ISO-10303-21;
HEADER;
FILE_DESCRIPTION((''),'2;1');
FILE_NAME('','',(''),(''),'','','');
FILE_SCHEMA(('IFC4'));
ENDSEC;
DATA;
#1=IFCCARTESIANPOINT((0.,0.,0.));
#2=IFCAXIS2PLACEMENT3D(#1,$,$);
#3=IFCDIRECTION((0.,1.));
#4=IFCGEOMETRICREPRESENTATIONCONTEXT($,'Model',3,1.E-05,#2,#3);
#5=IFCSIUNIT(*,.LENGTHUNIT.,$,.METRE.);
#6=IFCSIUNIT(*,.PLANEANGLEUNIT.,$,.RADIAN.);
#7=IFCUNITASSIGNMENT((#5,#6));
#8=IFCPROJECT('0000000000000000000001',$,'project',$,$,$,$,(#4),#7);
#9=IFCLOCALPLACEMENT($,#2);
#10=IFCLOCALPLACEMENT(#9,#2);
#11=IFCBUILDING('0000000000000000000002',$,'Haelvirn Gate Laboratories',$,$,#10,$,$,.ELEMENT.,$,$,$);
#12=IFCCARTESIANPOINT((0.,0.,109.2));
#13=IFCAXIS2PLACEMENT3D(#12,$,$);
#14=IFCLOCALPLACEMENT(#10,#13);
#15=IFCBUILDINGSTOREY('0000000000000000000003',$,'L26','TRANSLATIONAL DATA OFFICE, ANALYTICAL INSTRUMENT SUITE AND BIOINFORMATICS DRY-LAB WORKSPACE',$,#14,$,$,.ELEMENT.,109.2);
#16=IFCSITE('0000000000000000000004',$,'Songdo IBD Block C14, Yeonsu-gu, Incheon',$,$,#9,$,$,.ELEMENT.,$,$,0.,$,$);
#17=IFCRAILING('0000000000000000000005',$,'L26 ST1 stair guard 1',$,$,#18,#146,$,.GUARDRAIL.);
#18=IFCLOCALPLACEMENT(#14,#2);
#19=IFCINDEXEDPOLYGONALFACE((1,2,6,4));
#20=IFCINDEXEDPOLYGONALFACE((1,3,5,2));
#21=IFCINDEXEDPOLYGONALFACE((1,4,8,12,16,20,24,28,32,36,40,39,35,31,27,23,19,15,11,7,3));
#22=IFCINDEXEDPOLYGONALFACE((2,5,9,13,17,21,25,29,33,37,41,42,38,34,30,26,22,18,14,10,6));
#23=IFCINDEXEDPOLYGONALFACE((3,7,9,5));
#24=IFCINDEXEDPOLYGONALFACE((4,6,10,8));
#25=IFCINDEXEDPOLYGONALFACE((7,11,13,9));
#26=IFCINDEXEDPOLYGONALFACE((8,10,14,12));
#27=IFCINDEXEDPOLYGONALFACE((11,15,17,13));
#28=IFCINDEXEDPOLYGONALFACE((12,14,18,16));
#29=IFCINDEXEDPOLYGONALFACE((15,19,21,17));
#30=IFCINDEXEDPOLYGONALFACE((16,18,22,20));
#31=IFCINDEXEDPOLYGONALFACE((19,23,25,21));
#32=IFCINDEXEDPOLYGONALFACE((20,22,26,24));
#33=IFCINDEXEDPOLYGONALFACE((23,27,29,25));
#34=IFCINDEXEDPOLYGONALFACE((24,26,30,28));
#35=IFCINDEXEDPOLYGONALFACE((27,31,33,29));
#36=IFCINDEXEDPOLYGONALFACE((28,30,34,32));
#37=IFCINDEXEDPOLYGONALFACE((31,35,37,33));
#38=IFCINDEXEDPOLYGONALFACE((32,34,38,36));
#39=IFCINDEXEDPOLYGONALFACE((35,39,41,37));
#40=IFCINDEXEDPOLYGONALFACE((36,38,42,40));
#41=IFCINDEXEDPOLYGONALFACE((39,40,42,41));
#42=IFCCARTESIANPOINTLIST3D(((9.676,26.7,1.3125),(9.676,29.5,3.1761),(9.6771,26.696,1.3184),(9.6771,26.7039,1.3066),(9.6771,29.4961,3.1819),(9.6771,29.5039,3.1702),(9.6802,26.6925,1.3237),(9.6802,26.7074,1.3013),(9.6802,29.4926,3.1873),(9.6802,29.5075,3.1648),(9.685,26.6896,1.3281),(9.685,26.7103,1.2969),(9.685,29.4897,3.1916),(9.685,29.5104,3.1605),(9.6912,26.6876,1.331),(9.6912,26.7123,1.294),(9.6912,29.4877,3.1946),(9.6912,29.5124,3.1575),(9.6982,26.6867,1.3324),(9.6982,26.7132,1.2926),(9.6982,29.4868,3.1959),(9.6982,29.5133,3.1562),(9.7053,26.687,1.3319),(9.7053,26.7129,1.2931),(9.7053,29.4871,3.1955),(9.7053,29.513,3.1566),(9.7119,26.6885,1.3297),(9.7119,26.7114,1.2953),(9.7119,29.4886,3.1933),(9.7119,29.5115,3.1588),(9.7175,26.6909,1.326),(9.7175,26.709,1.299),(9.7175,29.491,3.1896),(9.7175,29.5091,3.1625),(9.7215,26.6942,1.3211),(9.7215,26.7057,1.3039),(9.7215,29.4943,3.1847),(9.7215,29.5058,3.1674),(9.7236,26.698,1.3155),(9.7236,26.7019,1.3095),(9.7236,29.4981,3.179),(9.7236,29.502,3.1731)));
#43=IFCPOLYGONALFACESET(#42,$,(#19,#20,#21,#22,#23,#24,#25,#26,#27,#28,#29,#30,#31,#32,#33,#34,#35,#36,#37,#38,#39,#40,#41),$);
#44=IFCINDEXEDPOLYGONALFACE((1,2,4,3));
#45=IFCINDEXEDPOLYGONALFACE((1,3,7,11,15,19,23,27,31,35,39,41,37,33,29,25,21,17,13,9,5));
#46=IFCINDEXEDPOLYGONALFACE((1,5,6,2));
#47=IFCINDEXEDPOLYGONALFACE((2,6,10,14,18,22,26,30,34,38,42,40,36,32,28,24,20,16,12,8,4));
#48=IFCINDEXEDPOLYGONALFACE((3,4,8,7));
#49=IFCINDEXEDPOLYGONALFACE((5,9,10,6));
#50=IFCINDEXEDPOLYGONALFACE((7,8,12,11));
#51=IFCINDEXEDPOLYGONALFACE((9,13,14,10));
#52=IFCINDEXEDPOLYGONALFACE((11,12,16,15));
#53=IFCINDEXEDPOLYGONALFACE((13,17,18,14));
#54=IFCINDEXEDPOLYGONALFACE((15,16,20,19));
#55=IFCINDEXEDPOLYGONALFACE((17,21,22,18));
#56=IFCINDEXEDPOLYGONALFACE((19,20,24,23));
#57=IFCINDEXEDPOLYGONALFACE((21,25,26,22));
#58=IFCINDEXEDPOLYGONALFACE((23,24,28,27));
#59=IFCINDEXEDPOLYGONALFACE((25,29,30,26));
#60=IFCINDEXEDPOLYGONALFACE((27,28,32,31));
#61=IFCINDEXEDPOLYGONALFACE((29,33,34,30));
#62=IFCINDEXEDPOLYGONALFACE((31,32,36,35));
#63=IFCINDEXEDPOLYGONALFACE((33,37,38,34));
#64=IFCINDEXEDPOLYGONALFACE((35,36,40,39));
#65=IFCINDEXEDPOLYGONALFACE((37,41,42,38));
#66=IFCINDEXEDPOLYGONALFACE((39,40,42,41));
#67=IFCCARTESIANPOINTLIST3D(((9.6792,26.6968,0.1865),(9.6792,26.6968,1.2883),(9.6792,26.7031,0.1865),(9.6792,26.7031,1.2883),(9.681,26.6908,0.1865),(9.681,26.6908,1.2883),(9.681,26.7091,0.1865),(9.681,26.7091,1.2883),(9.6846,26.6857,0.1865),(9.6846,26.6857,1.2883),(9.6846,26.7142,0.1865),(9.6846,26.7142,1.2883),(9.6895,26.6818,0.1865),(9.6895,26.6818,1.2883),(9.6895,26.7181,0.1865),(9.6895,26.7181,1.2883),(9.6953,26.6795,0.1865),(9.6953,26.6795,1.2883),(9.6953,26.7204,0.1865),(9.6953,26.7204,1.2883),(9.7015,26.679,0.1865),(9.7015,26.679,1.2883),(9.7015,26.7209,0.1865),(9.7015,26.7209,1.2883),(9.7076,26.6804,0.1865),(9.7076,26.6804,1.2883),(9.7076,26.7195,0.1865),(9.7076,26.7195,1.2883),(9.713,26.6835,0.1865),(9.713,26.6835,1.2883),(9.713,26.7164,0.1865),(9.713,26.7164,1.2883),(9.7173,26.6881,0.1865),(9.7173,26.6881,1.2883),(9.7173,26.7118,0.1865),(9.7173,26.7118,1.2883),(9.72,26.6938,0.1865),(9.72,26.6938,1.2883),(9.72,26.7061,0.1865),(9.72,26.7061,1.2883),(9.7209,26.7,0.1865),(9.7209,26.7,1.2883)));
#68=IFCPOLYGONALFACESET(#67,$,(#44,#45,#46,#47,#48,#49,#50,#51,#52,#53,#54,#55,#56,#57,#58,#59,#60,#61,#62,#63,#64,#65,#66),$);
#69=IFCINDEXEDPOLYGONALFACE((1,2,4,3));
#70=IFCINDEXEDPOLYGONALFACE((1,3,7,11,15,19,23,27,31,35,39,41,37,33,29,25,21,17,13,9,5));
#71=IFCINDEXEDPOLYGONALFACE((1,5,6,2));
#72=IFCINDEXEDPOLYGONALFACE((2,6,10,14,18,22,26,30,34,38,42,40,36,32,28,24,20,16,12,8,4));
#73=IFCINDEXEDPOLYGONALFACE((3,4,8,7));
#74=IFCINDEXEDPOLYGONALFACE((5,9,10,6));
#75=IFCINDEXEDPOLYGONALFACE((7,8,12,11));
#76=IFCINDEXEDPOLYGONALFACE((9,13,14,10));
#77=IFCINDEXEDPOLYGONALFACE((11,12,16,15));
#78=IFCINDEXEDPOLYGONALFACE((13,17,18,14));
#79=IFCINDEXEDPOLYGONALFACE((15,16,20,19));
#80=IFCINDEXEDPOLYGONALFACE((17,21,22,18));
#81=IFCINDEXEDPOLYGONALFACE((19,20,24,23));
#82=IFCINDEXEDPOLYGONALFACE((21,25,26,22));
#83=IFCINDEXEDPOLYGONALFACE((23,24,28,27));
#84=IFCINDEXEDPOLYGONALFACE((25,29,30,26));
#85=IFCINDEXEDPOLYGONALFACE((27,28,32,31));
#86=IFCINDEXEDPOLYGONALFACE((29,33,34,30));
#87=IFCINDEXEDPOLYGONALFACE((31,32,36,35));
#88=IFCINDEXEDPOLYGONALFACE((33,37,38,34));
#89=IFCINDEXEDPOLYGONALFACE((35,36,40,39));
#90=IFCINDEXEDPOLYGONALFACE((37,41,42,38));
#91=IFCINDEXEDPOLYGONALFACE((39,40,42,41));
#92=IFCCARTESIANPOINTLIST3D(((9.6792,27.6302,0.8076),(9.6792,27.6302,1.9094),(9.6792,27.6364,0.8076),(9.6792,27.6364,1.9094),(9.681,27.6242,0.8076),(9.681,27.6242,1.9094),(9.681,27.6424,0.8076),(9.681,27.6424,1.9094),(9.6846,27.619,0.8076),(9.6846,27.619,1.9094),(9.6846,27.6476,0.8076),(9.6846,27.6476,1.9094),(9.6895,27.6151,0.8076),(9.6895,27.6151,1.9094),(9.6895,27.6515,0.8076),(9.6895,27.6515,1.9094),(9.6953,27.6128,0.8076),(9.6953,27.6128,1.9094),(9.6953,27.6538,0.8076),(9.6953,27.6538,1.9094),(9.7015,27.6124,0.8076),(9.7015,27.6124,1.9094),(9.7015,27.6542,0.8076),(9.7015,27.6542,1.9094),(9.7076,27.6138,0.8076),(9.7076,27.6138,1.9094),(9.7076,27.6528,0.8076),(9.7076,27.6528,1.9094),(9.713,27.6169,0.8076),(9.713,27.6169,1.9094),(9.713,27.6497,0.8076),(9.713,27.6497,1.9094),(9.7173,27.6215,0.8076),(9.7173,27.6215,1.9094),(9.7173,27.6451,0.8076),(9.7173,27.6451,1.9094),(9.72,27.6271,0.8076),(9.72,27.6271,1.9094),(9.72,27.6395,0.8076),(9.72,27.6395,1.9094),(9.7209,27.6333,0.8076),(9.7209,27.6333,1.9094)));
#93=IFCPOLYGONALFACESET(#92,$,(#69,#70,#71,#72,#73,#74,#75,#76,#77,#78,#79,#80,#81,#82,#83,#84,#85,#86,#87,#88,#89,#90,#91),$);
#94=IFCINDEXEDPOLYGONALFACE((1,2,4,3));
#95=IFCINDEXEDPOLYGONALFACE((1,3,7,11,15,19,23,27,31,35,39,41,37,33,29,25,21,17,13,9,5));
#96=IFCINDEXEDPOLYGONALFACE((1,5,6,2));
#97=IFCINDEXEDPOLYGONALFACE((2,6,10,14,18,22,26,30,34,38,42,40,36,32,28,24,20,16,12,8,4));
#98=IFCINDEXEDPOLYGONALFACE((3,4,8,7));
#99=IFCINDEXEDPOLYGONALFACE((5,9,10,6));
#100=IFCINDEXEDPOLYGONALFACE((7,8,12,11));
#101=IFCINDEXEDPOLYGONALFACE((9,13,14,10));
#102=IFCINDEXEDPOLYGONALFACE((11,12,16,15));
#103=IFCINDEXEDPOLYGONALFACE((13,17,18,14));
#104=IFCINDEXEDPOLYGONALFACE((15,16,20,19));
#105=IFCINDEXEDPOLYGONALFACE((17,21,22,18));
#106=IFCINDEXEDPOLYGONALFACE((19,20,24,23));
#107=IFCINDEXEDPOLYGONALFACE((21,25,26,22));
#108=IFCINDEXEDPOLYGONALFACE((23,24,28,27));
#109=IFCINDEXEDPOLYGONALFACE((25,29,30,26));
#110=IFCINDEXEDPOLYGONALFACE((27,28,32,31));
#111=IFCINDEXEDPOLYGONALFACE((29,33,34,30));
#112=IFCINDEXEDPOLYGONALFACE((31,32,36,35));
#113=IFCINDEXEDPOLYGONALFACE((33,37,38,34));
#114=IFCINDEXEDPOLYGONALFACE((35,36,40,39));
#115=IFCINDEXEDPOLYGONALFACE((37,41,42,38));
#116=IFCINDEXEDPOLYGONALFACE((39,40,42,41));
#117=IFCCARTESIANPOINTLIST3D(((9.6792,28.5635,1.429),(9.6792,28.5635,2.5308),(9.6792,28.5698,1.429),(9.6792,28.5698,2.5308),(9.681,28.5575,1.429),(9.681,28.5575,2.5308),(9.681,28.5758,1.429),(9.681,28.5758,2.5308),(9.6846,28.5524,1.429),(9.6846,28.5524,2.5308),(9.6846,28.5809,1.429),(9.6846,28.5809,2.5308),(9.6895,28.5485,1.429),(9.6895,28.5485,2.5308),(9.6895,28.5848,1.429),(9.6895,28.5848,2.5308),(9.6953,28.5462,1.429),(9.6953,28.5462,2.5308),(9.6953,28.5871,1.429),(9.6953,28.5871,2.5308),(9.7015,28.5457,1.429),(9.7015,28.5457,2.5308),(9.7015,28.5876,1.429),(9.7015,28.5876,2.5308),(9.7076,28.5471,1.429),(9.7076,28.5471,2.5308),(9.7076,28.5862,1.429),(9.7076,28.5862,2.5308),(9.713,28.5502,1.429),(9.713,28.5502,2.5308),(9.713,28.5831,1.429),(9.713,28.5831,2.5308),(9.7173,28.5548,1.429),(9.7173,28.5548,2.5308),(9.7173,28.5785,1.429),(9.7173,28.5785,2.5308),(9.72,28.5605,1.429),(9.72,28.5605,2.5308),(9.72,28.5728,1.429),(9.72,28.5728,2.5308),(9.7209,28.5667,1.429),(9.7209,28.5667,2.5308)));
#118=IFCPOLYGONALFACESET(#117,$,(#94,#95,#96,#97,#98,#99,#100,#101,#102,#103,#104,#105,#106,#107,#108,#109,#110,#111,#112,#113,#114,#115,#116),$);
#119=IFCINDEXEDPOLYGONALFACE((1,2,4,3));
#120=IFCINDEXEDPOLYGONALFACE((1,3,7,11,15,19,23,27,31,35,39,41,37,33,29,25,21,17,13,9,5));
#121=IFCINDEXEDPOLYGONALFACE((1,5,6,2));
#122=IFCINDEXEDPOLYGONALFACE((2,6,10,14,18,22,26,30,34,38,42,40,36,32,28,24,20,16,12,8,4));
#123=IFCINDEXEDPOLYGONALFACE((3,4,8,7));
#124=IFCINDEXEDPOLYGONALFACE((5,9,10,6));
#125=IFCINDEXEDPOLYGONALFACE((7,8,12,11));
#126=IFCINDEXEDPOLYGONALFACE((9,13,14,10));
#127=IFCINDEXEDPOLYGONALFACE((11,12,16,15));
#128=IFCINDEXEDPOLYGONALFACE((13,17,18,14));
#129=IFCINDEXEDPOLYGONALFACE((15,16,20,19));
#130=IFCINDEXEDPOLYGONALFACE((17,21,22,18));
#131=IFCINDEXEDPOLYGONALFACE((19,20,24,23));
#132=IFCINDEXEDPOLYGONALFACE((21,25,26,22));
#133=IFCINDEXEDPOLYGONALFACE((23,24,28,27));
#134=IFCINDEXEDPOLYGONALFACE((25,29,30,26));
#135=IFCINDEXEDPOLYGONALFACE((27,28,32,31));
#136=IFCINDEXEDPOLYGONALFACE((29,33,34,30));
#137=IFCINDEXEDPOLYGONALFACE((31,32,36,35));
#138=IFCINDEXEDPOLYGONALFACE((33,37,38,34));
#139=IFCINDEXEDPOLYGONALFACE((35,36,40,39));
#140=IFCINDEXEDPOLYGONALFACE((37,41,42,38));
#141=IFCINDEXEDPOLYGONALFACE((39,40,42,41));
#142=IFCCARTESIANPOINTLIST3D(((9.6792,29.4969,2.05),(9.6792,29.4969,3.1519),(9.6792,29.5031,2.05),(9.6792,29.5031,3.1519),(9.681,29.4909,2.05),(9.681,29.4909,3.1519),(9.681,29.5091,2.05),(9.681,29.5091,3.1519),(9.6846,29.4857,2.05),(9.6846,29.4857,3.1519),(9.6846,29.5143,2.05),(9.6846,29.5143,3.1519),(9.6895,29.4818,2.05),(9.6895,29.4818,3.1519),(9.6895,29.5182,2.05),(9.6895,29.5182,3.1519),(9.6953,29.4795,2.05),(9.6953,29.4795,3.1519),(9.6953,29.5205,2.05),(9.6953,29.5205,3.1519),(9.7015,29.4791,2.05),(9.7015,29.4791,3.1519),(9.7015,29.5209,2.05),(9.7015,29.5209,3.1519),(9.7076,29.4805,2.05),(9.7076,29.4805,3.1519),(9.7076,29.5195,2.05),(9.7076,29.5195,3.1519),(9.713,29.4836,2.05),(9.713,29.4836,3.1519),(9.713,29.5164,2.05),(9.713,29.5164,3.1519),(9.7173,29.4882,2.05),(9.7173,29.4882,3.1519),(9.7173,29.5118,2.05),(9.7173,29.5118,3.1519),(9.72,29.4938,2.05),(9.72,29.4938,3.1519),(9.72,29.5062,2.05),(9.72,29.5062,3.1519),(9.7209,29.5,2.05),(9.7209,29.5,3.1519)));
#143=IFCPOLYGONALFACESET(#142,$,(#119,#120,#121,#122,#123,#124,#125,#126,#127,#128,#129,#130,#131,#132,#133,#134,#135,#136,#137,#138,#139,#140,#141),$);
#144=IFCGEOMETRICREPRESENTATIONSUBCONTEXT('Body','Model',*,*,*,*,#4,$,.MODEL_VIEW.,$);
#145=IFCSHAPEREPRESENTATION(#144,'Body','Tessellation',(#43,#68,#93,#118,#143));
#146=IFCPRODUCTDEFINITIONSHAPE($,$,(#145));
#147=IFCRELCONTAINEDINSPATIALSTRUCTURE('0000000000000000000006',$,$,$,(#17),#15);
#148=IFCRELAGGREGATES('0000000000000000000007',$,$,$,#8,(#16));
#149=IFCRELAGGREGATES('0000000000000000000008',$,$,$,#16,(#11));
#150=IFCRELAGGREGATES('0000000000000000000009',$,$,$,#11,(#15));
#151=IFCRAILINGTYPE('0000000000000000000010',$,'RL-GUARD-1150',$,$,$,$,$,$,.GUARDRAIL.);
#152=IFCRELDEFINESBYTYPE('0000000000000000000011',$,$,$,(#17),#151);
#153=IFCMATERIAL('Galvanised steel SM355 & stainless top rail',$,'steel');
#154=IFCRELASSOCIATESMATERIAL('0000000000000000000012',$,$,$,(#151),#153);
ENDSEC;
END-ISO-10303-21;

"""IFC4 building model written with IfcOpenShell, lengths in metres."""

from ifc_helpers import new_model, si_unit, direction, frame, origin, origin_2d, place, context, subcontext, project, spatial, circle, extrude, source, transform, mapped, material, type_object, element, save


model = new_model("IFC4")

# Units and contexts
model_context = context("Model", 3, precision=1e-05, world=origin(), true_north=direction((0.0, 1.0)))
body_context = subcontext(model_context, "Body", "Model", "MODEL_VIEW")
ifc_project = project(units=[si_unit("LENGTHUNIT", "METRE"), si_unit("PLANEANGLEUNIT", "RADIAN")], contexts=[model_context])

# Site, building, storey
site_placement = place(None, origin())
site = spatial("IfcSite", under=ifc_project, at=site_placement, Name="Songdo IBD Block C14, Yeonsu-gu, Incheon", CompositionType="ELEMENT", RefElevation=0.0)
building_placement = place(site_placement, origin())
building = spatial("IfcBuilding", under=site, at=building_placement, Name="Haelvirn Gate Laboratories", CompositionType="ELEMENT")
storey_placement = place(building_placement, frame((0.0, 0.0, 109.2)))
storey = spatial("IfcBuildingStorey", under=building, at=storey_placement, Name="L26", Description="TRANSLATIONAL DATA OFFICE, ANALYTICAL INSTRUMENT SUITE AND BIOINFORMATICS DRY-LAB WORKSPACE", CompositionType="ELEMENT", Elevation=109.2)

# Railing
ifc_material_1 = material(Name="Galvanised steel SM355 & stainless top rail", Category="steel")
railing_type_1 = type_object("IfcRailingType", Name="RL-GUARD-1150", PredefinedType="GUARDRAIL", material=ifc_material_1)
shared_shape_1 = source(origin(), body_context, "Body", "SweptSolid", [
    extrude(circle(Radius=0.0239, at=origin_2d()), frame((0.0, 0.0, 1.126), z_axis=(0.0, 0.832486, 0.554047), x_axis=(-1.0, 0.0, 0.0)), (0.0, 0.0, 1.0), 3.3635),
    extrude(circle(Radius=0.021, at=origin_2d()), origin(), (0.0, 0.0, 1.0), 1.1018),
    extrude(circle(Radius=0.021, at=origin_2d()), frame((0.0, 0.9333, 0.6211)), (0.0, 0.0, 1.0), 1.1018),
    extrude(circle(Radius=0.021, at=origin_2d()), frame((0.0, 1.8667, 1.2424)), (0.0, 0.0, 1.0), 1.1018),
    extrude(circle(Radius=0.021, at=origin_2d()), frame((0.0, 2.8, 1.8635)), (0.0, 0.0, 1.0), 1.1018),
])
railing_1_placement = place(storey_placement, frame((9.7, 26.7, 0.1865)))
element("IfcRailing", 1, at=railing_1_placement, inside=storey, type_object=railing_type_1, Name="L26 ST1 stair guard 1", PredefinedType="GUARDRAIL", context=body_context, shape_type="MappedRepresentation", body=[
    mapped(shared_shape_1, transform((0.0, 0.0, 0.0), scale=1.0)),
])

save(model, "model.ifc")
